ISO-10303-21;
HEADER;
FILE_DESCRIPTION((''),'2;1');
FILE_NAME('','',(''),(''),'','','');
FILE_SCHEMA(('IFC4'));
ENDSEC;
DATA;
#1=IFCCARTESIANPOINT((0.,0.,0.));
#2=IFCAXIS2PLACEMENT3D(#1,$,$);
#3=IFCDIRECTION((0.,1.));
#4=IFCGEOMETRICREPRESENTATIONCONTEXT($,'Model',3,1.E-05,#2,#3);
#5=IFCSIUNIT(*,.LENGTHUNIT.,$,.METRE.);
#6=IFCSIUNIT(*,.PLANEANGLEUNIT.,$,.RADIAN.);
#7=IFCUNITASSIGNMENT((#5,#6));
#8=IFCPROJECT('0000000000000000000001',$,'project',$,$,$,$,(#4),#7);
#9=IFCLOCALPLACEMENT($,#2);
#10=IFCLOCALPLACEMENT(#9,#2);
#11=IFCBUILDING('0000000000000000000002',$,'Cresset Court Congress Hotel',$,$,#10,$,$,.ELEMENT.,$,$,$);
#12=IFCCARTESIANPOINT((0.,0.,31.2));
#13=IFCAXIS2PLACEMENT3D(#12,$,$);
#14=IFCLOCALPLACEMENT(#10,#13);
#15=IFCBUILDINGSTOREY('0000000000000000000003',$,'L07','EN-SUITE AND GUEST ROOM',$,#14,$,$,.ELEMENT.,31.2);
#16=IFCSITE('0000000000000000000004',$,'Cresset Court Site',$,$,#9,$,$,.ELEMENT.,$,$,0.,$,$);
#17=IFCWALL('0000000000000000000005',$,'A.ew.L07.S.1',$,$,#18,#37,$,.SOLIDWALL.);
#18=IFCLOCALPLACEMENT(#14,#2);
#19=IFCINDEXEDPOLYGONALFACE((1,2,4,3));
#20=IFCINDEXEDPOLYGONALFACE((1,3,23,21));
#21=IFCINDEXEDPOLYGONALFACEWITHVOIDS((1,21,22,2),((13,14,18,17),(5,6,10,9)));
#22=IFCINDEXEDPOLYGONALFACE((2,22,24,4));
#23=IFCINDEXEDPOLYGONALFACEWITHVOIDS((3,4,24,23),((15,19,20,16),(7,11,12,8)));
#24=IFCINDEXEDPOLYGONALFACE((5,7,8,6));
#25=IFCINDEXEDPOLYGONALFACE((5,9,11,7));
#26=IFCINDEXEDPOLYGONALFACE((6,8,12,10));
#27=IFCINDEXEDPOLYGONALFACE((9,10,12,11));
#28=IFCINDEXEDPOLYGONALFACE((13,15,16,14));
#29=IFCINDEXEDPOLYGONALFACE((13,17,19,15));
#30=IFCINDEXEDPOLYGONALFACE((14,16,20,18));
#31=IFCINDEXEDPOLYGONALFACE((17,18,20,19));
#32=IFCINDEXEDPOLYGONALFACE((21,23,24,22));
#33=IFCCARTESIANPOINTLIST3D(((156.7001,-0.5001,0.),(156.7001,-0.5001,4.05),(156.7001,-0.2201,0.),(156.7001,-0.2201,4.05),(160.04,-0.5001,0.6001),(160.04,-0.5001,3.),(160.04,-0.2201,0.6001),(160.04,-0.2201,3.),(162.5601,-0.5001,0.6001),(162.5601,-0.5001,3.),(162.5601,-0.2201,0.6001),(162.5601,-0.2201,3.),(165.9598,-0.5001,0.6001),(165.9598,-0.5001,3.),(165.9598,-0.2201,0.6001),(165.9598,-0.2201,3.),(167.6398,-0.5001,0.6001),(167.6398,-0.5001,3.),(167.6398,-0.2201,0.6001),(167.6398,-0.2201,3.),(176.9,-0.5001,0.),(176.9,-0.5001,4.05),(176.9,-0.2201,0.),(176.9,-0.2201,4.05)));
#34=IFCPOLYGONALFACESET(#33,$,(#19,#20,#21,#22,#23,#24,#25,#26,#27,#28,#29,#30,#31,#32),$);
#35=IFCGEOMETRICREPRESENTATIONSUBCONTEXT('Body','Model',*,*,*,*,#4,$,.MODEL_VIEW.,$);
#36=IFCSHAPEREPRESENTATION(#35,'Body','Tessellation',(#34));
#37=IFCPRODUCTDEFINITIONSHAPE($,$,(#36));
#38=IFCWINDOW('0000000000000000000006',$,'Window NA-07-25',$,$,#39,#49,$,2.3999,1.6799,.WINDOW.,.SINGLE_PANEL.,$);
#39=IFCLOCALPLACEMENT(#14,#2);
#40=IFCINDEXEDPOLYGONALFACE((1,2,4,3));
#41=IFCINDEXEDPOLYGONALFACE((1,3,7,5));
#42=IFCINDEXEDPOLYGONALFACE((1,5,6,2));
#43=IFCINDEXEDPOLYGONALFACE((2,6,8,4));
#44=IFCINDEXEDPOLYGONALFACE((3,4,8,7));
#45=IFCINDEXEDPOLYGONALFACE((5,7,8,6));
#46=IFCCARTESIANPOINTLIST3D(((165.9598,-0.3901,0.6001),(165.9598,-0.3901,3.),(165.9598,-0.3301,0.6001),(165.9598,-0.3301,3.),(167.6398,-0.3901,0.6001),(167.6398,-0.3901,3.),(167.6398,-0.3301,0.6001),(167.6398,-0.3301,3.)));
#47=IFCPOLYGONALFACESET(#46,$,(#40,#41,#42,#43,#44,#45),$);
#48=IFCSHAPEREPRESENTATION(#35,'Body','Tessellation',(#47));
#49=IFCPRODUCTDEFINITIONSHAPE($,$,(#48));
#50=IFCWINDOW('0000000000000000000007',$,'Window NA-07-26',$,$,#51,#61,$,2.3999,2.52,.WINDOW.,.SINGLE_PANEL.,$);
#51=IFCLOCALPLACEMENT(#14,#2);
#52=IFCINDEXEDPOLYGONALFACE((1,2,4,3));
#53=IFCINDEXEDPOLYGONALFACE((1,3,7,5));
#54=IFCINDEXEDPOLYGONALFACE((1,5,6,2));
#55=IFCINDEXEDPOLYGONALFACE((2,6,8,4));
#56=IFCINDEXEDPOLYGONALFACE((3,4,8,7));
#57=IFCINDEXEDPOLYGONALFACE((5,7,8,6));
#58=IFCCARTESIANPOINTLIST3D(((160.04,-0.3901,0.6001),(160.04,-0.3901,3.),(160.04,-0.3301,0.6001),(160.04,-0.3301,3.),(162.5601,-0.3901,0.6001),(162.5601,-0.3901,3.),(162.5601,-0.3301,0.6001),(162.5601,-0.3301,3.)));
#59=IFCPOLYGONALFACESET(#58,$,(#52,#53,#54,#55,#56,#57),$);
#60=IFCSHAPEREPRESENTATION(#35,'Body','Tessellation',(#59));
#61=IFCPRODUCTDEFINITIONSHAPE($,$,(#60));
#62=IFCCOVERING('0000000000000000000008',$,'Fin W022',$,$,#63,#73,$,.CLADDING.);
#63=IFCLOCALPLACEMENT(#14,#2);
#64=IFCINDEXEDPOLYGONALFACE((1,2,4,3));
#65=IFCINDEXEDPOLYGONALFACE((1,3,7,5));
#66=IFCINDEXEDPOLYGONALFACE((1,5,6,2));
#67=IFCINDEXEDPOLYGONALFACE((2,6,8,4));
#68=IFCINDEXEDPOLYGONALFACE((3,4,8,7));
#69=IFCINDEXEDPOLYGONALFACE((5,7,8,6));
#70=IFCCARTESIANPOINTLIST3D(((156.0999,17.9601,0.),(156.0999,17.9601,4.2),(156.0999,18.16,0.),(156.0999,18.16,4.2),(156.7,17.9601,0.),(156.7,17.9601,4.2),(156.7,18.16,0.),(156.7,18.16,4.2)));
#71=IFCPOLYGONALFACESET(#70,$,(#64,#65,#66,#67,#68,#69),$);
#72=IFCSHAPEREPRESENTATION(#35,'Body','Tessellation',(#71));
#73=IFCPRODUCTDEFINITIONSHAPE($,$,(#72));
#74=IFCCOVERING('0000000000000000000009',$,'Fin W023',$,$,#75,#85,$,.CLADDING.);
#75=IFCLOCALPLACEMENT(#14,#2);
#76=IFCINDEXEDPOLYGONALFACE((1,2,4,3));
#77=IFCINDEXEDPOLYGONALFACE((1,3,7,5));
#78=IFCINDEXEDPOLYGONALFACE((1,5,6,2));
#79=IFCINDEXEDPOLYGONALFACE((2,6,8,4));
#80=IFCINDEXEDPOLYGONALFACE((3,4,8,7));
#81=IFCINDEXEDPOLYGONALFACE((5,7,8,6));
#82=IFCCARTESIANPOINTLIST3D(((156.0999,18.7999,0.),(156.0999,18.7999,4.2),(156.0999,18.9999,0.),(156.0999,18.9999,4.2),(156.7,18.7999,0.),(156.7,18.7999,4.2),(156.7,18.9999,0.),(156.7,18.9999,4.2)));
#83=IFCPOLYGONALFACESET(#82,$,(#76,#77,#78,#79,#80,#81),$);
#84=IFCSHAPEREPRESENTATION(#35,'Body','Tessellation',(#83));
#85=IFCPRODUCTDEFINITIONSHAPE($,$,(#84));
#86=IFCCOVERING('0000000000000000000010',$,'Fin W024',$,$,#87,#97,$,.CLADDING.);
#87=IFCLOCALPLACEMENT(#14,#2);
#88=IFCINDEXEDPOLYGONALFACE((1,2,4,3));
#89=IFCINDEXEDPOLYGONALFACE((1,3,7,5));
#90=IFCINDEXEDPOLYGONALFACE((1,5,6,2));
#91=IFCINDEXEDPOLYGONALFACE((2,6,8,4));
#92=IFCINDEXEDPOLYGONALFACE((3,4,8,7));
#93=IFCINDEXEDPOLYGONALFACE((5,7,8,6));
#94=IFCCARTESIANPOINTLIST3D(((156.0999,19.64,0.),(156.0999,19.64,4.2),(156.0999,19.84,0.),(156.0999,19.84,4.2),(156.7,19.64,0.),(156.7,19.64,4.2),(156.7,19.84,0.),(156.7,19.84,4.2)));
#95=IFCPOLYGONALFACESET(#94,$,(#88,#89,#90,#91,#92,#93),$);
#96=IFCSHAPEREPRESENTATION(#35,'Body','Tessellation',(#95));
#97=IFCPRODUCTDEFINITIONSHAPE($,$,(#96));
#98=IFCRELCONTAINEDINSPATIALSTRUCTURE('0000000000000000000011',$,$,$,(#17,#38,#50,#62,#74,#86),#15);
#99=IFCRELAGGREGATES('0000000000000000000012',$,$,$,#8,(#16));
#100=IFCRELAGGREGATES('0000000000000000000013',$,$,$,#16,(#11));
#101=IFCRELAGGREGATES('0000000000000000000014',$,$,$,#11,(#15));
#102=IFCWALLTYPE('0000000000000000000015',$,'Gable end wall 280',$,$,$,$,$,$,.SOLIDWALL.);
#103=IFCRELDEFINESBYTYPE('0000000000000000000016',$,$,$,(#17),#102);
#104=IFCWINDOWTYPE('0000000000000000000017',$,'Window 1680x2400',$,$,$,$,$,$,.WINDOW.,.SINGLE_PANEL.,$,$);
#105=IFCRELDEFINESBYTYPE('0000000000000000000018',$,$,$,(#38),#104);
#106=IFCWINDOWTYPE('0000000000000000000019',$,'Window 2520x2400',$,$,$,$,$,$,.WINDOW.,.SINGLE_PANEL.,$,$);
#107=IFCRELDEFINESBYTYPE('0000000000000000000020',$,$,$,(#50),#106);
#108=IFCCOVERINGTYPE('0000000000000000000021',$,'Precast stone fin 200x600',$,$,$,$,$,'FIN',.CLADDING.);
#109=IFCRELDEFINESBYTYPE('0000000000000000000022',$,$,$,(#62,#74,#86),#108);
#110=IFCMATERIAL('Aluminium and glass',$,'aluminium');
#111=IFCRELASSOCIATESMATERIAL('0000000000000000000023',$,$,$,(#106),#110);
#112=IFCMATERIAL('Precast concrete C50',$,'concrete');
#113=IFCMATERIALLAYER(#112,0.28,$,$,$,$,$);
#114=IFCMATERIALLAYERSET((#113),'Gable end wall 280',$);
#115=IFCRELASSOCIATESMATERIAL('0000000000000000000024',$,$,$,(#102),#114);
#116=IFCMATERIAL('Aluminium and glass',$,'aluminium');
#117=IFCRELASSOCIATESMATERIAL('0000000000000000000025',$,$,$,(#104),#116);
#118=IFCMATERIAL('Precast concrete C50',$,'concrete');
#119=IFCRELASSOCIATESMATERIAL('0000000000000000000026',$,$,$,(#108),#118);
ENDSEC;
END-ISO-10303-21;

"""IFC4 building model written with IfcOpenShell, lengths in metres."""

from ifc_helpers import new_model, si_unit, direction, frame, frame_2d, origin, origin_2d, place, context, subcontext, project, spatial, rectangle, extrude, material, layer, layer_set, type_object, element, fill, save


model = new_model("IFC4")

# Units and contexts
model_context = context("Model", 3, precision=1e-05, world=origin(), true_north=direction((0.0, 1.0)))
body_context = subcontext(model_context, "Body", "Model", "MODEL_VIEW")
ifc_project = project(units=[si_unit("LENGTHUNIT", "METRE"), si_unit("PLANEANGLEUNIT", "RADIAN")], contexts=[model_context])

# Site, building, storey
site_placement = place(None, origin())
site = spatial("IfcSite", under=ifc_project, at=site_placement, Name="Cresset Court Site", CompositionType="ELEMENT", RefElevation=0.0)
building_placement = place(site_placement, origin())
building = spatial("IfcBuilding", under=site, at=building_placement, Name="Cresset Court Congress Hotel", CompositionType="ELEMENT")
storey_placement = place(building_placement, frame((0.0, 0.0, 31.2)))
storey = spatial("IfcBuildingStorey", under=building, at=storey_placement, Name="L07", Description="EN-SUITE AND GUEST ROOM", CompositionType="ELEMENT", Elevation=31.2)

# Shared definitions
ifc_material_1 = material(Name="Aluminium and glass", Category="aluminium")
window_type_1 = type_object("IfcWindowType", Name="Window 2520x2400", PartitioningType="SINGLE_PANEL", PredefinedType="WINDOW", material=ifc_material_1)

# Wall, openings, windows
ifc_material_2 = material(Name="Precast concrete C50", Category="concrete")
ifc_layer_1 = layer(ifc_material_2, 0.28)
ifc_layer_set_1 = layer_set([ifc_layer_1], Name="Gable end wall 280")
wall_type_1 = type_object("IfcWallType", Name="Gable end wall 280", PredefinedType="SOLIDWALL", material=ifc_layer_set_1)
wall_1_placement = place(storey_placement, frame((156.7, -0.3601, 0.0), z_axis=(0.0, 0.0, 1.0), x_axis=(1.0, 0.0, 0.0)))
wall_1 = element("IfcWall", 1, at=wall_1_placement, inside=storey, type_object=wall_type_1, Name="A.ew.L07.S.1", PredefinedType="SOLIDWALL", context=body_context, shape_type="SweptSolid", body=[
    extrude(rectangle(XDim=20.2, YDim=0.28, at=frame_2d((10.1001, 0.0))), origin(), (0.0, 0.0, 1.0), 4.05),
])
opening_1_placement = place(wall_1_placement, frame((9.26, 0.0, 0.6001)))
opening_1 = element("IfcOpeningElement", 2, at=opening_1_placement, cuts=wall_1, PredefinedType="OPENING", context=body_context, shape_type="SweptSolid", body=[
    extrude(rectangle(XDim=1.6799, YDim=2.3999, at=frame_2d((0.8398, 1.2))), frame((0.0, 0.1499, 0.0), z_axis=(0.0, -1.0, 0.0), x_axis=(1.0, 0.0, 0.0)), (0.0, 0.0, 1.0), 0.3),
])
opening_2_placement = place(wall_1_placement, frame((3.3401, 0.0, 0.6001)))
opening_2 = element("IfcOpeningElement", 3, at=opening_2_placement, cuts=wall_1, PredefinedType="OPENING", context=body_context, shape_type="SweptSolid", body=[
    extrude(rectangle(XDim=2.52, YDim=2.3999, at=frame_2d((1.26, 1.2))), frame((0.0, 0.1499, 0.0), z_axis=(0.0, -1.0, 0.0), x_axis=(1.0, 0.0, 0.0)), (0.0, 0.0, 1.0), 0.3),
])
ifc_material_3 = material(Name="Aluminium and glass", Category="aluminium")
window_type_2 = type_object("IfcWindowType", Name="Window 1680x2400", PartitioningType="SINGLE_PANEL", PredefinedType="WINDOW", material=ifc_material_3)
window_1_placement = place(opening_1_placement, origin())
window_1 = element("IfcWindow", 4, at=window_1_placement, inside=storey, type_object=window_type_2, Name="Window NA-07-25", OverallHeight=2.3999, OverallWidth=1.6799, PartitioningType="SINGLE_PANEL", PredefinedType="WINDOW", context=body_context, shape_type="SweptSolid", body=[
    extrude(rectangle(XDim=1.6799, YDim=2.3999, at=frame_2d((0.8398, 1.2))), frame((0.0, 0.03, 0.0), z_axis=(0.0, -1.0, 0.0), x_axis=(1.0, 0.0, 0.0)), (0.0, 0.0, 1.0), 0.0601),
])
fill(opening_1, window_1)
window_2_placement = place(opening_2_placement, origin())
window_2 = element("IfcWindow", 5, at=window_2_placement, inside=storey, type_object=window_type_1, Name="Window NA-07-26", OverallHeight=2.3999, OverallWidth=2.52, PartitioningType="SINGLE_PANEL", PredefinedType="WINDOW", context=body_context, shape_type="SweptSolid", body=[
    extrude(rectangle(XDim=2.52, YDim=2.3999, at=frame_2d((1.26, 1.2))), frame((0.0, 0.03, 0.0), z_axis=(0.0, -1.0, 0.0), x_axis=(1.0, 0.0, 0.0)), (0.0, 0.0, 1.0), 0.0601),
])
fill(opening_2, window_2)

# Coverings
ifc_material_4 = material(Name="Precast concrete C50", Category="concrete")
covering_type = type_object("IfcCoveringType", Name="Precast stone fin 200x600", ElementType="FIN", PredefinedType="CLADDING", material=ifc_material_4)
for number, where, z_axis, x_axis, name in (
    (6, (156.3999, 18.0601, 0.0), (0.0, 0.0, 1.0), (1.0, 0.0, 0.0), "Fin W022"),
    (7, (156.3999, 18.8999, 0.0), (0.0, 0.0, 1.0), (1.0, 0.0, 0.0), "Fin W023"),
    (8, (156.3999, 19.74, 0.0), (0.0, 0.0, 1.0), (1.0, 0.0, 0.0), "Fin W024"),
):
    element("IfcCovering", number, at=place(storey_placement, frame(where, z_axis=z_axis, x_axis=x_axis)), inside=storey, type_object=covering_type, Name=name, PredefinedType="CLADDING", context=body_context, shape_type="SweptSolid", body=[
        extrude(rectangle(XDim=0.6001, YDim=0.2, at=origin_2d()), origin(), (0.0, 0.0, 1.0), 4.2),
    ])

save(model, "model.ifc")
